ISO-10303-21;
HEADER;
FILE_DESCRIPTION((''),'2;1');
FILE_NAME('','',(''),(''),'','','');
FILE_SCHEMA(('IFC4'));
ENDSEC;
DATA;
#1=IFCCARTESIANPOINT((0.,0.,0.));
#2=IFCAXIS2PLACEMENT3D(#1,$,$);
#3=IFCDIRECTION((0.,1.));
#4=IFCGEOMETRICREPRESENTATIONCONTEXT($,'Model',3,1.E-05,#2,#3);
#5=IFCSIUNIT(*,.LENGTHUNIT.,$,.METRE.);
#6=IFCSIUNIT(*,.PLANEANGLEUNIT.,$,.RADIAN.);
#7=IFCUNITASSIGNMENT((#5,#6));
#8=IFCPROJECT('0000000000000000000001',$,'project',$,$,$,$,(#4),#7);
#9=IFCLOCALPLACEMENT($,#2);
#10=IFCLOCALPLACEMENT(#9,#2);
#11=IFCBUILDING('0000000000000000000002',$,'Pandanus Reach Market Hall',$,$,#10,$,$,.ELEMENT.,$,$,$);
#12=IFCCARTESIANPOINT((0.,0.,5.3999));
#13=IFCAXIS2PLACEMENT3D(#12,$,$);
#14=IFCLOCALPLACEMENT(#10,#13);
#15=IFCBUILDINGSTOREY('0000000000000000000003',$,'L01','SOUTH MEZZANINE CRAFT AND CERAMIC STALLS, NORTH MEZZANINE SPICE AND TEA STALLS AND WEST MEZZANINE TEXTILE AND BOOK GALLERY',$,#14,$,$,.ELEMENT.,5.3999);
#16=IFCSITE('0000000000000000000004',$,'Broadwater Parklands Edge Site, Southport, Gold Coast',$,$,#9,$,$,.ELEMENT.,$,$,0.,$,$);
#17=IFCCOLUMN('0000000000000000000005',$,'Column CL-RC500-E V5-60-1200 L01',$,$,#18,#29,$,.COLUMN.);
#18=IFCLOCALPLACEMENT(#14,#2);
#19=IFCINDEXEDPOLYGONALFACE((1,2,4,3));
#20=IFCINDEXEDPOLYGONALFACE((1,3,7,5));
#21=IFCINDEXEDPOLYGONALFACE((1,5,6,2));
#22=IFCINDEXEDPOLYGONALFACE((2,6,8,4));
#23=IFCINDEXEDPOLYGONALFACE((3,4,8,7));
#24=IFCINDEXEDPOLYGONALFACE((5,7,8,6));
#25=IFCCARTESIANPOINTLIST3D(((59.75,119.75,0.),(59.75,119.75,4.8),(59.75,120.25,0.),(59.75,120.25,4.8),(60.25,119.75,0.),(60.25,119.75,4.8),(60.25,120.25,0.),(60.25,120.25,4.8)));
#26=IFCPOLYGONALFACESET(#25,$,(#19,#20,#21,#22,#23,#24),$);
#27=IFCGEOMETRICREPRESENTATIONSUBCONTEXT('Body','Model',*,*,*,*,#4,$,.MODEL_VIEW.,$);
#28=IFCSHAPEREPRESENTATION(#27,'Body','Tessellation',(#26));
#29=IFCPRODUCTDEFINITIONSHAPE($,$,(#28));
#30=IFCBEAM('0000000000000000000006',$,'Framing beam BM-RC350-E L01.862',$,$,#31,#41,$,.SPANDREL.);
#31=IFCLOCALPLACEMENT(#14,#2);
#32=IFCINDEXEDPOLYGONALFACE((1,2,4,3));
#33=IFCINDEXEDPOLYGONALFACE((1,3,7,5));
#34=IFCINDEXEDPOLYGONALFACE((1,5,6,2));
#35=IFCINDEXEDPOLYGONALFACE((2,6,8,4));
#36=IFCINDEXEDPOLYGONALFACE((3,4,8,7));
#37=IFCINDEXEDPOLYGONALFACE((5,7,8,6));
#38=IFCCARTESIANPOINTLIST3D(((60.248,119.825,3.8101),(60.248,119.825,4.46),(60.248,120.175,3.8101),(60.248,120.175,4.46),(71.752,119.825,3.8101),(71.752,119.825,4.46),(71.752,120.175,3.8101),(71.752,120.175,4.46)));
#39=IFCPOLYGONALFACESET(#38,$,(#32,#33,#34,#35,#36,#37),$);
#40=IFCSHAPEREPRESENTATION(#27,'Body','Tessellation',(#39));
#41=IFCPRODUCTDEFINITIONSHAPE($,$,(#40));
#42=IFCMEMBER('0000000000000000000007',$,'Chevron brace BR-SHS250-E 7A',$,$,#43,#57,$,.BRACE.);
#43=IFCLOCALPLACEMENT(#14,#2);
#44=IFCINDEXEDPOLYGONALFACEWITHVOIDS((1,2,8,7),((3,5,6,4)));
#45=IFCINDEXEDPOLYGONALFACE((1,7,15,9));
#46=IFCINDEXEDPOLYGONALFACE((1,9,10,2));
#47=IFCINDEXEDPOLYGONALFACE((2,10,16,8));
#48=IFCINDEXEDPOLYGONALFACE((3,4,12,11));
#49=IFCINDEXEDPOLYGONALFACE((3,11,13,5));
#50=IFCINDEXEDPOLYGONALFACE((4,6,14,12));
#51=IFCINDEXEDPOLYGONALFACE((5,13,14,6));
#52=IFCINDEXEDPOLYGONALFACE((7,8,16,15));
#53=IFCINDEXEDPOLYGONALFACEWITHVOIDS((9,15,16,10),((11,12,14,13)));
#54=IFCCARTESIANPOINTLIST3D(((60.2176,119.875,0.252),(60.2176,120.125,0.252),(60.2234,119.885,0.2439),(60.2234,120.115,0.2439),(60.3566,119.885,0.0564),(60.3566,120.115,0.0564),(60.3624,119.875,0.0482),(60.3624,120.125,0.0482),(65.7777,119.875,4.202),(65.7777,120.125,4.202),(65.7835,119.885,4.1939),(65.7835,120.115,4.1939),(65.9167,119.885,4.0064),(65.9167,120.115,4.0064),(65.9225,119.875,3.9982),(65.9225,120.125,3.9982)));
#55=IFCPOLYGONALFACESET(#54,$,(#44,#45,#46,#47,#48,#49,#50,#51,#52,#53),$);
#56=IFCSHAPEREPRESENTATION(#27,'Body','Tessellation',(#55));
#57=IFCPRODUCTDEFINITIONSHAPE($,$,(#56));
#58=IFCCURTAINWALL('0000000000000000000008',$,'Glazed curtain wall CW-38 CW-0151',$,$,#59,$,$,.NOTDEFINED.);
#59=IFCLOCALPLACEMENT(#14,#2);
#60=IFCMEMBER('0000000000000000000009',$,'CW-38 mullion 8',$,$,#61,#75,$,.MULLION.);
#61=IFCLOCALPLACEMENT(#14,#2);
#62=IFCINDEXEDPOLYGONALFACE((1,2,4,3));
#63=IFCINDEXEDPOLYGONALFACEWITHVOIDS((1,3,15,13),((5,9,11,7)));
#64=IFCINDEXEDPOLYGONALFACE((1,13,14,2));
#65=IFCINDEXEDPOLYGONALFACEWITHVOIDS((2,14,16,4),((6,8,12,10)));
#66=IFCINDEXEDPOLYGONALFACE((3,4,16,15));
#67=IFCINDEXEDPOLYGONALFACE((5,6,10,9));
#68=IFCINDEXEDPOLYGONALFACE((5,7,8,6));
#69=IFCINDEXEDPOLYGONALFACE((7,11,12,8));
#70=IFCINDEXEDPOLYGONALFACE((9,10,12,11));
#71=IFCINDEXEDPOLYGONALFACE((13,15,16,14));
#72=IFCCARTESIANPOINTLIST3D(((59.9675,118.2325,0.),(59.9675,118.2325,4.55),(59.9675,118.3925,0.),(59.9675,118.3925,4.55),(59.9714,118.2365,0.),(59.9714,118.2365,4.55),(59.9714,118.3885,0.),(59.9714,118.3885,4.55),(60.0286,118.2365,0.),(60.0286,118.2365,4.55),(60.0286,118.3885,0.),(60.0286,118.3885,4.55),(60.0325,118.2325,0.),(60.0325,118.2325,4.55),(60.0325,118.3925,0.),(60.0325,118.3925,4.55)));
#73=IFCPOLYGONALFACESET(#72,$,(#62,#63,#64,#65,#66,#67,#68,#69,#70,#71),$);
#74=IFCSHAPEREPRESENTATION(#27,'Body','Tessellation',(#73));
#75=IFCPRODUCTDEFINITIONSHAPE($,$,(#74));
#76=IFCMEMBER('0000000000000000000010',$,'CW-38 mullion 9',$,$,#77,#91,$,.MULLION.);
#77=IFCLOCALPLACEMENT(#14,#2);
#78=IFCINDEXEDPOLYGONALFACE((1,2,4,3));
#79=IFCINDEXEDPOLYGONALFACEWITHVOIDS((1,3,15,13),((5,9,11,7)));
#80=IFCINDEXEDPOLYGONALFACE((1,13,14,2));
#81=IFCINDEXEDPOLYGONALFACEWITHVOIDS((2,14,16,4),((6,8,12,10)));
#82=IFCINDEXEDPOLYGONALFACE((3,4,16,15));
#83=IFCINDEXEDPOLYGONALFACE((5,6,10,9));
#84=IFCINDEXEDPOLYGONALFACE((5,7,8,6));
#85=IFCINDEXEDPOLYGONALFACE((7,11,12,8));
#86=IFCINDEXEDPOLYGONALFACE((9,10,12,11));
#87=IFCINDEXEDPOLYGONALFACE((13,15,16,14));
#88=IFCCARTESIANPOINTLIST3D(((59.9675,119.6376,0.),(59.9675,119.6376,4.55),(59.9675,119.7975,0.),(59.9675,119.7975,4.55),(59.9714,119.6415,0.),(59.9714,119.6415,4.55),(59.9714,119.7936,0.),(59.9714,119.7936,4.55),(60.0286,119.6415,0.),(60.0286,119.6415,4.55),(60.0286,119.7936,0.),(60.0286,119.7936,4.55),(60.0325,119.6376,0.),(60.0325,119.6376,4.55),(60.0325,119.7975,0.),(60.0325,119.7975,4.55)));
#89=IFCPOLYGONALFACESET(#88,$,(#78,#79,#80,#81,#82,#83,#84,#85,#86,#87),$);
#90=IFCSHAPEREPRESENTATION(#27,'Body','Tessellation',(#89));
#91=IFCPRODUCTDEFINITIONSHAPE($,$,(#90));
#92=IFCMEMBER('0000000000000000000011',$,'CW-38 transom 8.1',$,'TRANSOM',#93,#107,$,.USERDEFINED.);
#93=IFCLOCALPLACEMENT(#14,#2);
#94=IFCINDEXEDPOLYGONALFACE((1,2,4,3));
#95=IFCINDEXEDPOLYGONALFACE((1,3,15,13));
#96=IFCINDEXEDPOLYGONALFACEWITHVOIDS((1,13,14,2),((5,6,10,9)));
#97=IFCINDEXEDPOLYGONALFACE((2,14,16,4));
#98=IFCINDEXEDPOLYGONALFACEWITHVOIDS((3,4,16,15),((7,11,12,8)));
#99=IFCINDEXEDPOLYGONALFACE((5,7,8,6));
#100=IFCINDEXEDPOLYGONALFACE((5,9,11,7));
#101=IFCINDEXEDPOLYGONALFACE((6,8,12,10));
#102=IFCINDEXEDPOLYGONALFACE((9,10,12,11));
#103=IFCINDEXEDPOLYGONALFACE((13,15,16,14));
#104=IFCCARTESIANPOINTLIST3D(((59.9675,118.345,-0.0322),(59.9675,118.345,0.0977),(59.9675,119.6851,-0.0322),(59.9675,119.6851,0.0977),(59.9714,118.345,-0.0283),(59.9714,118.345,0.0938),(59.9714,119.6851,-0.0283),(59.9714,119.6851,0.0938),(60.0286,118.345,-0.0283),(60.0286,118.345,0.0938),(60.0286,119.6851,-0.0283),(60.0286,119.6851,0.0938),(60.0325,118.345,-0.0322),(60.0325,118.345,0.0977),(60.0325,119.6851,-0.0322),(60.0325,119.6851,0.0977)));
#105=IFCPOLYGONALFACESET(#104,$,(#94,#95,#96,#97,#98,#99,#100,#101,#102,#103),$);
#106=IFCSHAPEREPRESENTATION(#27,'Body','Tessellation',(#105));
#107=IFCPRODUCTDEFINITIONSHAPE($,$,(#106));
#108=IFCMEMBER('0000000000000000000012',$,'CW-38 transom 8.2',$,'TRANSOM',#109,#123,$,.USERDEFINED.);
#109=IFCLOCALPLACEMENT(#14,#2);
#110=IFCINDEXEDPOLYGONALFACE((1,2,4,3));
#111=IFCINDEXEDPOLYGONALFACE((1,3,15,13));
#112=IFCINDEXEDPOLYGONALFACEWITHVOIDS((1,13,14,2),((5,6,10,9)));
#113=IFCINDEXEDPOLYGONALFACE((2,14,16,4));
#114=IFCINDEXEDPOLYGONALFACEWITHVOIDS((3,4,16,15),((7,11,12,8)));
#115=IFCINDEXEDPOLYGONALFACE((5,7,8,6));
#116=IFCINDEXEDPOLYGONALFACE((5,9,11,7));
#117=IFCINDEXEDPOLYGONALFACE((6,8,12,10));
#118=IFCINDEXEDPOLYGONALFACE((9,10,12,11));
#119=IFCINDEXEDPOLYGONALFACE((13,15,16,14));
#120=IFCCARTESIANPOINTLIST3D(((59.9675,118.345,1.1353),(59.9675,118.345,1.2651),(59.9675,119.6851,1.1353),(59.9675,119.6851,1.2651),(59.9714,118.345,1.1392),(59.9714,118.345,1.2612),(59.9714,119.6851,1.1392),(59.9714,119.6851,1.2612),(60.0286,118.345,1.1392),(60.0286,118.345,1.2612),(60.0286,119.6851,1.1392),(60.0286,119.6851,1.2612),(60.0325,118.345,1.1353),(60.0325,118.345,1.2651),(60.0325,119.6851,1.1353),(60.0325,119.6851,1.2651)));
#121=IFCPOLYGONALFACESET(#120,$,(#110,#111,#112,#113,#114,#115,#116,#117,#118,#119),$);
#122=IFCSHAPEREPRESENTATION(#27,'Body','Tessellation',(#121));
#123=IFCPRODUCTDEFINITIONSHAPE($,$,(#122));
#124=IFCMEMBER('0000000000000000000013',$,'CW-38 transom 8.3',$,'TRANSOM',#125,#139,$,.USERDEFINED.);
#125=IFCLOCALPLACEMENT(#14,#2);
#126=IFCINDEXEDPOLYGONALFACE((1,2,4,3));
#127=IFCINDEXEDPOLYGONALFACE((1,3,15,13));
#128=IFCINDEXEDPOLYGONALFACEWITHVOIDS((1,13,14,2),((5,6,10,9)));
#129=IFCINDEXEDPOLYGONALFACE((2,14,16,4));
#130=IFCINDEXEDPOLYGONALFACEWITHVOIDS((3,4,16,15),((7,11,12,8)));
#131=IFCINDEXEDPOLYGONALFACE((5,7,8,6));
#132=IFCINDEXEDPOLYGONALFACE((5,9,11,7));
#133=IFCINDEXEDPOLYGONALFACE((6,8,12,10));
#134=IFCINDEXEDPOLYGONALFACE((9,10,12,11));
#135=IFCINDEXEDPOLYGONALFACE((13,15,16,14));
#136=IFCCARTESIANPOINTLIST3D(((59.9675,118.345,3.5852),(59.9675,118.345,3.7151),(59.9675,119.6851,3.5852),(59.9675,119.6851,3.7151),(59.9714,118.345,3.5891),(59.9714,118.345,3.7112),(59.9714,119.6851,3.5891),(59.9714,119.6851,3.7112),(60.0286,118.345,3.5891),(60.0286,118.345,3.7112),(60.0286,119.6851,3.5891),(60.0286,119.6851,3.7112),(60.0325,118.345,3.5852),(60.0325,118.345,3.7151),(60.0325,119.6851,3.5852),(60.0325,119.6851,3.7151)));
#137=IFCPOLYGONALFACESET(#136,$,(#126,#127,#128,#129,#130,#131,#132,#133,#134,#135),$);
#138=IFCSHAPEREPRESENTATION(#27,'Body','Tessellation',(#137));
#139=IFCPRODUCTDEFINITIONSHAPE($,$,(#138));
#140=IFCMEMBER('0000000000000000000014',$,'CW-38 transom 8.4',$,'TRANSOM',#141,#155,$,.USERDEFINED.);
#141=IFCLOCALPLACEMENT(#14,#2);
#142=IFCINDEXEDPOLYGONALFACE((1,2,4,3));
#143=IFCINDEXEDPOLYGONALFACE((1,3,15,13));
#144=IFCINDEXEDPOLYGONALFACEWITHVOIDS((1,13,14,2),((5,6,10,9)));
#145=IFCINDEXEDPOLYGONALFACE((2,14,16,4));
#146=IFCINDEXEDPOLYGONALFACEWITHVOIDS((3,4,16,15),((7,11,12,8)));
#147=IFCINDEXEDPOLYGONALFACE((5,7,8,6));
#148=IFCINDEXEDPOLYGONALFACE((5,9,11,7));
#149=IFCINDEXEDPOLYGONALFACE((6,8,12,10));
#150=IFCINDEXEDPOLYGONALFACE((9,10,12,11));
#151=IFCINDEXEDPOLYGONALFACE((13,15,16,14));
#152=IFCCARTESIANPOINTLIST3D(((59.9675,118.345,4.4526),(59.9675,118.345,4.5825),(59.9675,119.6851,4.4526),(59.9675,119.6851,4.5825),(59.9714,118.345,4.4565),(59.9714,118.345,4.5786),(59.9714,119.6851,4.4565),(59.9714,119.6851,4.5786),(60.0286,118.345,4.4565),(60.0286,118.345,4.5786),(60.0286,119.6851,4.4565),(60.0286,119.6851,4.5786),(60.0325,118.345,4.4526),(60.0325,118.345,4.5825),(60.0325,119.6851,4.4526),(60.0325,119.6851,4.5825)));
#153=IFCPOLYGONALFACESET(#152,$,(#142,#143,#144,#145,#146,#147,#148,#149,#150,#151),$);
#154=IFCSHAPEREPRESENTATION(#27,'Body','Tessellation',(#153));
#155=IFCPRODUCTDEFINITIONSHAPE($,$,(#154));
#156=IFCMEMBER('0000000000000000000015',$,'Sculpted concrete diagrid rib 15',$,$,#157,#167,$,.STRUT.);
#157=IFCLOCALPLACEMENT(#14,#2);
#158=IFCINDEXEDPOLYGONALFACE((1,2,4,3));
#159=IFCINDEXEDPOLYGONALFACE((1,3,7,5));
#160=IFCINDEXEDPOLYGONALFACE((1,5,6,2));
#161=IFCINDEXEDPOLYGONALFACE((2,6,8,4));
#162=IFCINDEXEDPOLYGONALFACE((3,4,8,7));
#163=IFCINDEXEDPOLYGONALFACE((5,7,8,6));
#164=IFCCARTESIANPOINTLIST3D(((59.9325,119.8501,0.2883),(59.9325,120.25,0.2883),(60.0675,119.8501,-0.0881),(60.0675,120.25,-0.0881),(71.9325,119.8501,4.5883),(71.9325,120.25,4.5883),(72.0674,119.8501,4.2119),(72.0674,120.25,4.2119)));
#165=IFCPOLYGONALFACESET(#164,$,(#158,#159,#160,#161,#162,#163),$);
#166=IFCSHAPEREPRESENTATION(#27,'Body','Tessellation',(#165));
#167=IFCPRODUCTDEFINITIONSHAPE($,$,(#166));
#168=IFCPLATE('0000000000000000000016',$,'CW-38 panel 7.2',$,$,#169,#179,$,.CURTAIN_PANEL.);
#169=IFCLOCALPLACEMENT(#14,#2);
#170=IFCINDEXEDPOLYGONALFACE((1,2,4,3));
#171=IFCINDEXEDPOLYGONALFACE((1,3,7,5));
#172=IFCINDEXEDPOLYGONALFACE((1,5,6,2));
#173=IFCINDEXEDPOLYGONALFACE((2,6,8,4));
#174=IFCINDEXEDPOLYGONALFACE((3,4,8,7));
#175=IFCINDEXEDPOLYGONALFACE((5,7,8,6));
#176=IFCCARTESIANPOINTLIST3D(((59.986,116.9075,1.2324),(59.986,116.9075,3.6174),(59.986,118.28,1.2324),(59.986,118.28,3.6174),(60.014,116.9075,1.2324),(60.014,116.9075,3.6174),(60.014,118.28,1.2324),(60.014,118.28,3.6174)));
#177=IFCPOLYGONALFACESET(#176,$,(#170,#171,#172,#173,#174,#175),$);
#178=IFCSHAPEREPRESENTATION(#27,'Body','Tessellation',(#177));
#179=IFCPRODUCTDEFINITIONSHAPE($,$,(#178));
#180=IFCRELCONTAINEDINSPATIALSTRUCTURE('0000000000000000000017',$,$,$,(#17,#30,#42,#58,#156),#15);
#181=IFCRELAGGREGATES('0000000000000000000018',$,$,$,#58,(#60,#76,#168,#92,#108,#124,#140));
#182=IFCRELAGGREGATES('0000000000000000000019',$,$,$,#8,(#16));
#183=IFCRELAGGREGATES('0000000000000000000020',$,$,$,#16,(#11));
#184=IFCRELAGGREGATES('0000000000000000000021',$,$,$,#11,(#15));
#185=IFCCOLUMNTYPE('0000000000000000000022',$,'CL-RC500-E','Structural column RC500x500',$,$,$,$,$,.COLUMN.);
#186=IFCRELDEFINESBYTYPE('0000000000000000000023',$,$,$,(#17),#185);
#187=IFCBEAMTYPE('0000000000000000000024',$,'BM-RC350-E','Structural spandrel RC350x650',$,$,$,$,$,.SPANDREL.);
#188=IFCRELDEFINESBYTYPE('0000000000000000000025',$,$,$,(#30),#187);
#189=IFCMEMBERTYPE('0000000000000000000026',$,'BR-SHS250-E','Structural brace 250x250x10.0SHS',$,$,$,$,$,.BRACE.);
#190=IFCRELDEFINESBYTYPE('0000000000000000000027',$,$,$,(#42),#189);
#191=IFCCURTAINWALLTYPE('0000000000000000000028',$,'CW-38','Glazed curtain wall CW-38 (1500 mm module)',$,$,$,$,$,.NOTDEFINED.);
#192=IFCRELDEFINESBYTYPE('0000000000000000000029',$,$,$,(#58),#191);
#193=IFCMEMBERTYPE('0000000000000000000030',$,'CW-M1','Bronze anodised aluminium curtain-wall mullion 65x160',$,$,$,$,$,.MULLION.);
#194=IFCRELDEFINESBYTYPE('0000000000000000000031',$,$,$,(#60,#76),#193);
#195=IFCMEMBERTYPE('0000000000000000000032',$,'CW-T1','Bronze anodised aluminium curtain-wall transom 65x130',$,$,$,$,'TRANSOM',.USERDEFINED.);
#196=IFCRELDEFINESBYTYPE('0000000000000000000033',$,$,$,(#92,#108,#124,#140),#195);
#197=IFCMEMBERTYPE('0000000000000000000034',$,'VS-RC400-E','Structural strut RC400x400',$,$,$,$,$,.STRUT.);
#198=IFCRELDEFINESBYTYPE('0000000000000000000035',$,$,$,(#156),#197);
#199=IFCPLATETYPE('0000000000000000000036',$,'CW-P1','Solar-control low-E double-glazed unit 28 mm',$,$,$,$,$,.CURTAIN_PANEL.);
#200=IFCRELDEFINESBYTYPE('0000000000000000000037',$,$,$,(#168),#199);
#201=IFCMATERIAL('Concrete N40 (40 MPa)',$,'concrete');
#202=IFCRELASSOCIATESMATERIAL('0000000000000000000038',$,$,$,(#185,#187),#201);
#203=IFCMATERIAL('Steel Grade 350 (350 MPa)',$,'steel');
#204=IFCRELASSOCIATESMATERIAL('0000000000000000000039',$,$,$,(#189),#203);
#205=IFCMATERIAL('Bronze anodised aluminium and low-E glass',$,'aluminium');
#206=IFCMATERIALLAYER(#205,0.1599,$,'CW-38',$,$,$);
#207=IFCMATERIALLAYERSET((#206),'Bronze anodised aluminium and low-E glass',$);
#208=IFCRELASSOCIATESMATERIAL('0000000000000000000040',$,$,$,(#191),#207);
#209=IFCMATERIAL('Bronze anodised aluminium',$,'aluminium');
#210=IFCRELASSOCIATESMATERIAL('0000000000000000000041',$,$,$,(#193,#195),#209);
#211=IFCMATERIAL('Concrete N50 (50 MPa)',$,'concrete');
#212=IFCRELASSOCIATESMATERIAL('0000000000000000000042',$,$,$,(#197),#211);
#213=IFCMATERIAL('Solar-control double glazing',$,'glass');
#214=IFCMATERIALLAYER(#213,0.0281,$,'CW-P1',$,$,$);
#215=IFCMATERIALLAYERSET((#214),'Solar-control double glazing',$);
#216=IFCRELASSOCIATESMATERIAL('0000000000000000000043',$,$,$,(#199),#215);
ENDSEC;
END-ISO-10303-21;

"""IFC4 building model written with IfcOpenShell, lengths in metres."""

from ifc_helpers import new_model, si_unit, direction, frame, origin, origin_2d, place, context, subcontext, project, spatial, rectangle, hollow_rectangle, extrude, material, layer, layer_set, material_profile, profile_set, type_object, element, aggregate, save


model = new_model("IFC4")

# Units and contexts
model_context = context("Model", 3, precision=1e-05, world=origin(), true_north=direction((0.0, 1.0)))
body_context = subcontext(model_context, "Body", "Model", "MODEL_VIEW")
ifc_project = project(units=[si_unit("LENGTHUNIT", "METRE"), si_unit("PLANEANGLEUNIT", "RADIAN")], contexts=[model_context])

# Site, building, storey
site_placement = place(None, origin())
site = spatial("IfcSite", under=ifc_project, at=site_placement, Name="Broadwater Parklands Edge Site, Southport, Gold Coast", CompositionType="ELEMENT", RefElevation=0.0)
building_placement = place(site_placement, origin())
building = spatial("IfcBuilding", under=site, at=building_placement, Name="Pandanus Reach Market Hall", CompositionType="ELEMENT")
storey_placement = place(building_placement, frame((0.0, 0.0, 5.3999)))
storey = spatial("IfcBuildingStorey", under=building, at=storey_placement, Name="L01", Description="SOUTH MEZZANINE CRAFT AND CERAMIC STALLS, NORTH MEZZANINE SPICE AND TEA STALLS AND WEST MEZZANINE TEXTILE AND BOOK GALLERY", CompositionType="ELEMENT", Elevation=5.3999)

# Column
ifc_material_1 = material(Name="Concrete N40 (40 MPa)", Category="concrete")
ifc_material_profile_1 = material_profile(ifc_material_1, rectangle(XDim=0.5, YDim=0.5, at=origin_2d()), Name="RC500x500", Category="LoadBearing")
ifc_profile_set_1 = profile_set([ifc_material_profile_1], Name="Concrete N40 (40 MPa)")
column_type = type_object("IfcColumnType", Name="CL-RC500-E", Description="Structural column RC500x500", PredefinedType="COLUMN", material=ifc_profile_set_1)
column_placement = place(storey_placement, frame((60.0, 120.0, 0.0), z_axis=(0.0, 0.0, 1.0), x_axis=(1.0, 0.0, 0.0)))
element("IfcColumn", 1, at=column_placement, inside=storey, type_object=column_type, Name="Column CL-RC500-E V5-60-1200 L01", PredefinedType="COLUMN", context=body_context, shape_type="SweptSolid", body=[
    extrude(rectangle(XDim=0.5, YDim=0.5, at=origin_2d()), origin(), (0.0, 0.0, 1.0), 4.8),
])

# Beam
ifc_material_profile_2 = material_profile(ifc_material_1, rectangle(XDim=0.3501, YDim=0.6499, at=origin_2d()), Name="RC350x650", Category="LoadBearing")
ifc_profile_set_2 = profile_set([ifc_material_profile_2], Name="Concrete N40 (40 MPa)")
beam_type = type_object("IfcBeamType", Name="BM-RC350-E", Description="Structural spandrel RC350x650", PredefinedType="SPANDREL", material=ifc_profile_set_2)
beam_placement = place(storey_placement, frame((60.248, 120.0, 4.135), z_axis=(1.0, 0.0, 0.0), x_axis=(0.0, 1.0, 0.0)))
element("IfcBeam", 2, at=beam_placement, inside=storey, type_object=beam_type, Name="Framing beam BM-RC350-E L01.862", PredefinedType="SPANDREL", context=body_context, shape_type="SweptSolid", body=[
    extrude(rectangle(XDim=0.3501, YDim=0.6499, at=origin_2d()), origin(), (0.0, 0.0, 1.0), 11.5039),
])

# Member
ifc_material_2 = material(Name="Steel Grade 350 (350 MPa)", Category="steel")
ifc_material_profile_3 = material_profile(ifc_material_2, hollow_rectangle(XDim=0.25, YDim=0.25, WallThickness=0.01, at=origin_2d()), Name="250x250x10.0SHS", Category="LoadBearing")
ifc_profile_set_3 = profile_set([ifc_material_profile_3], Name="Steel Grade 350 (350 MPa)")
member_type_1 = type_object("IfcMemberType", Name="BR-SHS250-E", Description="Structural brace 250x250x10.0SHS", PredefinedType="BRACE", material=ifc_profile_set_3)
member_1_placement = place(storey_placement, frame((60.29, 120.0, 0.1501), z_axis=(0.815223, 0.0, 0.579147), x_axis=(0.0, 1.0, 0.0)))
element("IfcMember", 3, at=member_1_placement, inside=storey, type_object=member_type_1, Name="Chevron brace BR-SHS250-E 7A", PredefinedType="BRACE", context=body_context, shape_type="SweptSolid", body=[
    extrude(hollow_rectangle(XDim=0.25, YDim=0.25, WallThickness=0.01, at=origin_2d()), origin(), (0.0, 0.0, 1.0), 6.8203),
])

# Curtain wall, members
ifc_material_3 = material(Name="Bronze anodised aluminium and low-E glass", Category="aluminium")
ifc_layer_1 = layer(ifc_material_3, 0.1599, Name="CW-38")
ifc_layer_set_1 = layer_set([ifc_layer_1], Name="Bronze anodised aluminium and low-E glass")
curtain_wall_type = type_object("IfcCurtainWallType", Name="CW-38", Description="Glazed curtain wall CW-38 (1500 mm module)", PredefinedType="NOTDEFINED", material=ifc_layer_set_1)
curtain_wall_placement = place(storey_placement, origin())
curtain_wall = element("IfcCurtainWall", 4, at=curtain_wall_placement, inside=storey, type_object=curtain_wall_type, Name="Glazed curtain wall CW-38 CW-0151", PredefinedType="NOTDEFINED")
ifc_material_4 = material(Name="Bronze anodised aluminium", Category="aluminium")
ifc_material_profile_4 = material_profile(ifc_material_4, hollow_rectangle(XDim=0.0649, YDim=0.1599, WallThickness=0.0039, at=origin_2d()), Name="ALU65x160", Category="LoadBearing")
ifc_profile_set_4 = profile_set([ifc_material_profile_4], Name="Bronze anodised aluminium")
member_type_2 = type_object("IfcMemberType", Name="CW-M1", Description="Bronze anodised aluminium curtain-wall mullion 65x160", PredefinedType="MULLION", material=ifc_profile_set_4)
member_2_placement = place(storey_placement, frame((60.0, 118.3125, 0.0), z_axis=(0.0, 0.0, 1.0), x_axis=(-1.0, 0.0, 0.0)))
member_2 = element("IfcMember", 5, at=member_2_placement, type_object=member_type_2, Name="CW-38 mullion 8", PredefinedType="MULLION", context=body_context, shape_type="SweptSolid", body=[
    extrude(hollow_rectangle(XDim=0.0649, YDim=0.1599, WallThickness=0.0039, at=origin_2d()), origin(), (0.0, 0.0, 1.0), 4.55),
])
member_3_placement = place(storey_placement, frame((60.0, 119.7175, 0.0), z_axis=(0.0, 0.0, 1.0), x_axis=(-1.0, 0.0, 0.0)))
member_3 = element("IfcMember", 6, at=member_3_placement, type_object=member_type_2, Name="CW-38 mullion 9", PredefinedType="MULLION", context=body_context, shape_type="SweptSolid", body=[
    extrude(hollow_rectangle(XDim=0.0649, YDim=0.1599, WallThickness=0.0039, at=origin_2d()), origin(), (0.0, 0.0, 1.0), 4.55),
])
ifc_material_profile_5 = material_profile(ifc_material_4, hollow_rectangle(XDim=0.0649, YDim=0.1299, WallThickness=0.0039, at=origin_2d()), Name="ALU65x130", Category="LoadBearing")
ifc_profile_set_5 = profile_set([ifc_material_profile_5], Name="Bronze anodised aluminium")
member_type_3 = type_object("IfcMemberType", Name="CW-T1", Description="Bronze anodised aluminium curtain-wall transom 65x130", ElementType="TRANSOM", PredefinedType="USERDEFINED", material=ifc_profile_set_5)
member_4_placement = place(storey_placement, frame((60.0, 118.345, 0.0327), z_axis=(0.0, 1.0, 0.0), x_axis=(-1.0, 0.0, 0.0)))
member_4 = element("IfcMember", 7, at=member_4_placement, type_object=member_type_3, Name="CW-38 transom 8.1", ObjectType="TRANSOM", PredefinedType="USERDEFINED", context=body_context, shape_type="SweptSolid", body=[
    extrude(hollow_rectangle(XDim=0.0649, YDim=0.1299, WallThickness=0.0039, at=origin_2d()), origin(), (0.0, 0.0, 1.0), 1.3401),
])
member_5_placement = place(storey_placement, frame((60.0, 118.345, 1.2002), z_axis=(0.0, 1.0, 0.0), x_axis=(-1.0, 0.0, 0.0)))
member_5 = element("IfcMember", 8, at=member_5_placement, type_object=member_type_3, Name="CW-38 transom 8.2", ObjectType="TRANSOM", PredefinedType="USERDEFINED", context=body_context, shape_type="SweptSolid", body=[
    extrude(hollow_rectangle(XDim=0.0649, YDim=0.1299, WallThickness=0.0039, at=origin_2d()), origin(), (0.0, 0.0, 1.0), 1.3401),
])
member_6_placement = place(storey_placement, frame((60.0, 118.345, 3.6501), z_axis=(0.0, 1.0, 0.0), x_axis=(-1.0, 0.0, 0.0)))
member_6 = element("IfcMember", 9, at=member_6_placement, type_object=member_type_3, Name="CW-38 transom 8.3", ObjectType="TRANSOM", PredefinedType="USERDEFINED", context=body_context, shape_type="SweptSolid", body=[
    extrude(hollow_rectangle(XDim=0.0649, YDim=0.1299, WallThickness=0.0039, at=origin_2d()), origin(), (0.0, 0.0, 1.0), 1.3401),
])
member_7_placement = place(storey_placement, frame((60.0, 118.345, 4.5176), z_axis=(0.0, 1.0, 0.0), x_axis=(-1.0, 0.0, 0.0)))
member_7 = element("IfcMember", 10, at=member_7_placement, type_object=member_type_3, Name="CW-38 transom 8.4", ObjectType="TRANSOM", PredefinedType="USERDEFINED", context=body_context, shape_type="SweptSolid", body=[
    extrude(hollow_rectangle(XDim=0.0649, YDim=0.1299, WallThickness=0.0039, at=origin_2d()), origin(), (0.0, 0.0, 1.0), 1.3401),
])

# Member
ifc_material_5 = material(Name="Concrete N50 (50 MPa)", Category="concrete")
ifc_material_profile_6 = material_profile(ifc_material_5, rectangle(XDim=0.3999, YDim=0.3999, at=origin_2d()), Name="RC400x400", Category="LoadBearing")
ifc_profile_set_6 = profile_set([ifc_material_profile_6], Name="Concrete N50 (50 MPa)")
member_type_4 = type_object("IfcMemberType", Name="VS-RC400-E", Description="Structural strut RC400x400", PredefinedType="STRUT", material=ifc_profile_set_6)
member_8_placement = place(storey_placement, frame((60.0, 120.05, 0.1001), z_axis=(0.941385, 0.0, 0.337334), x_axis=(0.0, 1.0, 0.0)))
element("IfcMember", 11, at=member_8_placement, inside=storey, type_object=member_type_4, Name="Sculpted concrete diagrid rib 15", PredefinedType="STRUT", context=body_context, shape_type="SweptSolid", body=[
    extrude(rectangle(XDim=0.3999, YDim=0.3999, at=origin_2d()), origin(), (0.0, 0.0, 1.0), 12.7471),
])

# Plate
ifc_material_6 = material(Name="Solar-control double glazing", Category="glass")
ifc_layer_2 = layer(ifc_material_6, 0.0281, Name="CW-P1")
ifc_layer_set_2 = layer_set([ifc_layer_2], Name="Solar-control double glazing")
plate_type_1 = type_object("IfcPlateType", Name="CW-P1", Description="Solar-control low-E double-glazed unit 28 mm", PredefinedType="CURTAIN_PANEL", material=ifc_layer_set_2)
plate_1_placement = place(storey_placement, frame((60.0, 117.5938, 1.2324), z_axis=(0.0, 0.0, 1.0), x_axis=(0.0, 1.0, 0.0)))
plate_1 = element("IfcPlate", 12, at=plate_1_placement, type_object=plate_type_1, Name="CW-38 panel 7.2", PredefinedType="CURTAIN_PANEL", context=body_context, shape_type="SweptSolid", body=[
    extrude(rectangle(XDim=1.3726, YDim=0.0281, at=origin_2d()), origin(), (0.0, 0.0, 1.0), 2.385),
])
aggregate(curtain_wall, [member_2, member_3, plate_1, member_4, member_5, member_6, member_7])

save(model, "model.ifc")
